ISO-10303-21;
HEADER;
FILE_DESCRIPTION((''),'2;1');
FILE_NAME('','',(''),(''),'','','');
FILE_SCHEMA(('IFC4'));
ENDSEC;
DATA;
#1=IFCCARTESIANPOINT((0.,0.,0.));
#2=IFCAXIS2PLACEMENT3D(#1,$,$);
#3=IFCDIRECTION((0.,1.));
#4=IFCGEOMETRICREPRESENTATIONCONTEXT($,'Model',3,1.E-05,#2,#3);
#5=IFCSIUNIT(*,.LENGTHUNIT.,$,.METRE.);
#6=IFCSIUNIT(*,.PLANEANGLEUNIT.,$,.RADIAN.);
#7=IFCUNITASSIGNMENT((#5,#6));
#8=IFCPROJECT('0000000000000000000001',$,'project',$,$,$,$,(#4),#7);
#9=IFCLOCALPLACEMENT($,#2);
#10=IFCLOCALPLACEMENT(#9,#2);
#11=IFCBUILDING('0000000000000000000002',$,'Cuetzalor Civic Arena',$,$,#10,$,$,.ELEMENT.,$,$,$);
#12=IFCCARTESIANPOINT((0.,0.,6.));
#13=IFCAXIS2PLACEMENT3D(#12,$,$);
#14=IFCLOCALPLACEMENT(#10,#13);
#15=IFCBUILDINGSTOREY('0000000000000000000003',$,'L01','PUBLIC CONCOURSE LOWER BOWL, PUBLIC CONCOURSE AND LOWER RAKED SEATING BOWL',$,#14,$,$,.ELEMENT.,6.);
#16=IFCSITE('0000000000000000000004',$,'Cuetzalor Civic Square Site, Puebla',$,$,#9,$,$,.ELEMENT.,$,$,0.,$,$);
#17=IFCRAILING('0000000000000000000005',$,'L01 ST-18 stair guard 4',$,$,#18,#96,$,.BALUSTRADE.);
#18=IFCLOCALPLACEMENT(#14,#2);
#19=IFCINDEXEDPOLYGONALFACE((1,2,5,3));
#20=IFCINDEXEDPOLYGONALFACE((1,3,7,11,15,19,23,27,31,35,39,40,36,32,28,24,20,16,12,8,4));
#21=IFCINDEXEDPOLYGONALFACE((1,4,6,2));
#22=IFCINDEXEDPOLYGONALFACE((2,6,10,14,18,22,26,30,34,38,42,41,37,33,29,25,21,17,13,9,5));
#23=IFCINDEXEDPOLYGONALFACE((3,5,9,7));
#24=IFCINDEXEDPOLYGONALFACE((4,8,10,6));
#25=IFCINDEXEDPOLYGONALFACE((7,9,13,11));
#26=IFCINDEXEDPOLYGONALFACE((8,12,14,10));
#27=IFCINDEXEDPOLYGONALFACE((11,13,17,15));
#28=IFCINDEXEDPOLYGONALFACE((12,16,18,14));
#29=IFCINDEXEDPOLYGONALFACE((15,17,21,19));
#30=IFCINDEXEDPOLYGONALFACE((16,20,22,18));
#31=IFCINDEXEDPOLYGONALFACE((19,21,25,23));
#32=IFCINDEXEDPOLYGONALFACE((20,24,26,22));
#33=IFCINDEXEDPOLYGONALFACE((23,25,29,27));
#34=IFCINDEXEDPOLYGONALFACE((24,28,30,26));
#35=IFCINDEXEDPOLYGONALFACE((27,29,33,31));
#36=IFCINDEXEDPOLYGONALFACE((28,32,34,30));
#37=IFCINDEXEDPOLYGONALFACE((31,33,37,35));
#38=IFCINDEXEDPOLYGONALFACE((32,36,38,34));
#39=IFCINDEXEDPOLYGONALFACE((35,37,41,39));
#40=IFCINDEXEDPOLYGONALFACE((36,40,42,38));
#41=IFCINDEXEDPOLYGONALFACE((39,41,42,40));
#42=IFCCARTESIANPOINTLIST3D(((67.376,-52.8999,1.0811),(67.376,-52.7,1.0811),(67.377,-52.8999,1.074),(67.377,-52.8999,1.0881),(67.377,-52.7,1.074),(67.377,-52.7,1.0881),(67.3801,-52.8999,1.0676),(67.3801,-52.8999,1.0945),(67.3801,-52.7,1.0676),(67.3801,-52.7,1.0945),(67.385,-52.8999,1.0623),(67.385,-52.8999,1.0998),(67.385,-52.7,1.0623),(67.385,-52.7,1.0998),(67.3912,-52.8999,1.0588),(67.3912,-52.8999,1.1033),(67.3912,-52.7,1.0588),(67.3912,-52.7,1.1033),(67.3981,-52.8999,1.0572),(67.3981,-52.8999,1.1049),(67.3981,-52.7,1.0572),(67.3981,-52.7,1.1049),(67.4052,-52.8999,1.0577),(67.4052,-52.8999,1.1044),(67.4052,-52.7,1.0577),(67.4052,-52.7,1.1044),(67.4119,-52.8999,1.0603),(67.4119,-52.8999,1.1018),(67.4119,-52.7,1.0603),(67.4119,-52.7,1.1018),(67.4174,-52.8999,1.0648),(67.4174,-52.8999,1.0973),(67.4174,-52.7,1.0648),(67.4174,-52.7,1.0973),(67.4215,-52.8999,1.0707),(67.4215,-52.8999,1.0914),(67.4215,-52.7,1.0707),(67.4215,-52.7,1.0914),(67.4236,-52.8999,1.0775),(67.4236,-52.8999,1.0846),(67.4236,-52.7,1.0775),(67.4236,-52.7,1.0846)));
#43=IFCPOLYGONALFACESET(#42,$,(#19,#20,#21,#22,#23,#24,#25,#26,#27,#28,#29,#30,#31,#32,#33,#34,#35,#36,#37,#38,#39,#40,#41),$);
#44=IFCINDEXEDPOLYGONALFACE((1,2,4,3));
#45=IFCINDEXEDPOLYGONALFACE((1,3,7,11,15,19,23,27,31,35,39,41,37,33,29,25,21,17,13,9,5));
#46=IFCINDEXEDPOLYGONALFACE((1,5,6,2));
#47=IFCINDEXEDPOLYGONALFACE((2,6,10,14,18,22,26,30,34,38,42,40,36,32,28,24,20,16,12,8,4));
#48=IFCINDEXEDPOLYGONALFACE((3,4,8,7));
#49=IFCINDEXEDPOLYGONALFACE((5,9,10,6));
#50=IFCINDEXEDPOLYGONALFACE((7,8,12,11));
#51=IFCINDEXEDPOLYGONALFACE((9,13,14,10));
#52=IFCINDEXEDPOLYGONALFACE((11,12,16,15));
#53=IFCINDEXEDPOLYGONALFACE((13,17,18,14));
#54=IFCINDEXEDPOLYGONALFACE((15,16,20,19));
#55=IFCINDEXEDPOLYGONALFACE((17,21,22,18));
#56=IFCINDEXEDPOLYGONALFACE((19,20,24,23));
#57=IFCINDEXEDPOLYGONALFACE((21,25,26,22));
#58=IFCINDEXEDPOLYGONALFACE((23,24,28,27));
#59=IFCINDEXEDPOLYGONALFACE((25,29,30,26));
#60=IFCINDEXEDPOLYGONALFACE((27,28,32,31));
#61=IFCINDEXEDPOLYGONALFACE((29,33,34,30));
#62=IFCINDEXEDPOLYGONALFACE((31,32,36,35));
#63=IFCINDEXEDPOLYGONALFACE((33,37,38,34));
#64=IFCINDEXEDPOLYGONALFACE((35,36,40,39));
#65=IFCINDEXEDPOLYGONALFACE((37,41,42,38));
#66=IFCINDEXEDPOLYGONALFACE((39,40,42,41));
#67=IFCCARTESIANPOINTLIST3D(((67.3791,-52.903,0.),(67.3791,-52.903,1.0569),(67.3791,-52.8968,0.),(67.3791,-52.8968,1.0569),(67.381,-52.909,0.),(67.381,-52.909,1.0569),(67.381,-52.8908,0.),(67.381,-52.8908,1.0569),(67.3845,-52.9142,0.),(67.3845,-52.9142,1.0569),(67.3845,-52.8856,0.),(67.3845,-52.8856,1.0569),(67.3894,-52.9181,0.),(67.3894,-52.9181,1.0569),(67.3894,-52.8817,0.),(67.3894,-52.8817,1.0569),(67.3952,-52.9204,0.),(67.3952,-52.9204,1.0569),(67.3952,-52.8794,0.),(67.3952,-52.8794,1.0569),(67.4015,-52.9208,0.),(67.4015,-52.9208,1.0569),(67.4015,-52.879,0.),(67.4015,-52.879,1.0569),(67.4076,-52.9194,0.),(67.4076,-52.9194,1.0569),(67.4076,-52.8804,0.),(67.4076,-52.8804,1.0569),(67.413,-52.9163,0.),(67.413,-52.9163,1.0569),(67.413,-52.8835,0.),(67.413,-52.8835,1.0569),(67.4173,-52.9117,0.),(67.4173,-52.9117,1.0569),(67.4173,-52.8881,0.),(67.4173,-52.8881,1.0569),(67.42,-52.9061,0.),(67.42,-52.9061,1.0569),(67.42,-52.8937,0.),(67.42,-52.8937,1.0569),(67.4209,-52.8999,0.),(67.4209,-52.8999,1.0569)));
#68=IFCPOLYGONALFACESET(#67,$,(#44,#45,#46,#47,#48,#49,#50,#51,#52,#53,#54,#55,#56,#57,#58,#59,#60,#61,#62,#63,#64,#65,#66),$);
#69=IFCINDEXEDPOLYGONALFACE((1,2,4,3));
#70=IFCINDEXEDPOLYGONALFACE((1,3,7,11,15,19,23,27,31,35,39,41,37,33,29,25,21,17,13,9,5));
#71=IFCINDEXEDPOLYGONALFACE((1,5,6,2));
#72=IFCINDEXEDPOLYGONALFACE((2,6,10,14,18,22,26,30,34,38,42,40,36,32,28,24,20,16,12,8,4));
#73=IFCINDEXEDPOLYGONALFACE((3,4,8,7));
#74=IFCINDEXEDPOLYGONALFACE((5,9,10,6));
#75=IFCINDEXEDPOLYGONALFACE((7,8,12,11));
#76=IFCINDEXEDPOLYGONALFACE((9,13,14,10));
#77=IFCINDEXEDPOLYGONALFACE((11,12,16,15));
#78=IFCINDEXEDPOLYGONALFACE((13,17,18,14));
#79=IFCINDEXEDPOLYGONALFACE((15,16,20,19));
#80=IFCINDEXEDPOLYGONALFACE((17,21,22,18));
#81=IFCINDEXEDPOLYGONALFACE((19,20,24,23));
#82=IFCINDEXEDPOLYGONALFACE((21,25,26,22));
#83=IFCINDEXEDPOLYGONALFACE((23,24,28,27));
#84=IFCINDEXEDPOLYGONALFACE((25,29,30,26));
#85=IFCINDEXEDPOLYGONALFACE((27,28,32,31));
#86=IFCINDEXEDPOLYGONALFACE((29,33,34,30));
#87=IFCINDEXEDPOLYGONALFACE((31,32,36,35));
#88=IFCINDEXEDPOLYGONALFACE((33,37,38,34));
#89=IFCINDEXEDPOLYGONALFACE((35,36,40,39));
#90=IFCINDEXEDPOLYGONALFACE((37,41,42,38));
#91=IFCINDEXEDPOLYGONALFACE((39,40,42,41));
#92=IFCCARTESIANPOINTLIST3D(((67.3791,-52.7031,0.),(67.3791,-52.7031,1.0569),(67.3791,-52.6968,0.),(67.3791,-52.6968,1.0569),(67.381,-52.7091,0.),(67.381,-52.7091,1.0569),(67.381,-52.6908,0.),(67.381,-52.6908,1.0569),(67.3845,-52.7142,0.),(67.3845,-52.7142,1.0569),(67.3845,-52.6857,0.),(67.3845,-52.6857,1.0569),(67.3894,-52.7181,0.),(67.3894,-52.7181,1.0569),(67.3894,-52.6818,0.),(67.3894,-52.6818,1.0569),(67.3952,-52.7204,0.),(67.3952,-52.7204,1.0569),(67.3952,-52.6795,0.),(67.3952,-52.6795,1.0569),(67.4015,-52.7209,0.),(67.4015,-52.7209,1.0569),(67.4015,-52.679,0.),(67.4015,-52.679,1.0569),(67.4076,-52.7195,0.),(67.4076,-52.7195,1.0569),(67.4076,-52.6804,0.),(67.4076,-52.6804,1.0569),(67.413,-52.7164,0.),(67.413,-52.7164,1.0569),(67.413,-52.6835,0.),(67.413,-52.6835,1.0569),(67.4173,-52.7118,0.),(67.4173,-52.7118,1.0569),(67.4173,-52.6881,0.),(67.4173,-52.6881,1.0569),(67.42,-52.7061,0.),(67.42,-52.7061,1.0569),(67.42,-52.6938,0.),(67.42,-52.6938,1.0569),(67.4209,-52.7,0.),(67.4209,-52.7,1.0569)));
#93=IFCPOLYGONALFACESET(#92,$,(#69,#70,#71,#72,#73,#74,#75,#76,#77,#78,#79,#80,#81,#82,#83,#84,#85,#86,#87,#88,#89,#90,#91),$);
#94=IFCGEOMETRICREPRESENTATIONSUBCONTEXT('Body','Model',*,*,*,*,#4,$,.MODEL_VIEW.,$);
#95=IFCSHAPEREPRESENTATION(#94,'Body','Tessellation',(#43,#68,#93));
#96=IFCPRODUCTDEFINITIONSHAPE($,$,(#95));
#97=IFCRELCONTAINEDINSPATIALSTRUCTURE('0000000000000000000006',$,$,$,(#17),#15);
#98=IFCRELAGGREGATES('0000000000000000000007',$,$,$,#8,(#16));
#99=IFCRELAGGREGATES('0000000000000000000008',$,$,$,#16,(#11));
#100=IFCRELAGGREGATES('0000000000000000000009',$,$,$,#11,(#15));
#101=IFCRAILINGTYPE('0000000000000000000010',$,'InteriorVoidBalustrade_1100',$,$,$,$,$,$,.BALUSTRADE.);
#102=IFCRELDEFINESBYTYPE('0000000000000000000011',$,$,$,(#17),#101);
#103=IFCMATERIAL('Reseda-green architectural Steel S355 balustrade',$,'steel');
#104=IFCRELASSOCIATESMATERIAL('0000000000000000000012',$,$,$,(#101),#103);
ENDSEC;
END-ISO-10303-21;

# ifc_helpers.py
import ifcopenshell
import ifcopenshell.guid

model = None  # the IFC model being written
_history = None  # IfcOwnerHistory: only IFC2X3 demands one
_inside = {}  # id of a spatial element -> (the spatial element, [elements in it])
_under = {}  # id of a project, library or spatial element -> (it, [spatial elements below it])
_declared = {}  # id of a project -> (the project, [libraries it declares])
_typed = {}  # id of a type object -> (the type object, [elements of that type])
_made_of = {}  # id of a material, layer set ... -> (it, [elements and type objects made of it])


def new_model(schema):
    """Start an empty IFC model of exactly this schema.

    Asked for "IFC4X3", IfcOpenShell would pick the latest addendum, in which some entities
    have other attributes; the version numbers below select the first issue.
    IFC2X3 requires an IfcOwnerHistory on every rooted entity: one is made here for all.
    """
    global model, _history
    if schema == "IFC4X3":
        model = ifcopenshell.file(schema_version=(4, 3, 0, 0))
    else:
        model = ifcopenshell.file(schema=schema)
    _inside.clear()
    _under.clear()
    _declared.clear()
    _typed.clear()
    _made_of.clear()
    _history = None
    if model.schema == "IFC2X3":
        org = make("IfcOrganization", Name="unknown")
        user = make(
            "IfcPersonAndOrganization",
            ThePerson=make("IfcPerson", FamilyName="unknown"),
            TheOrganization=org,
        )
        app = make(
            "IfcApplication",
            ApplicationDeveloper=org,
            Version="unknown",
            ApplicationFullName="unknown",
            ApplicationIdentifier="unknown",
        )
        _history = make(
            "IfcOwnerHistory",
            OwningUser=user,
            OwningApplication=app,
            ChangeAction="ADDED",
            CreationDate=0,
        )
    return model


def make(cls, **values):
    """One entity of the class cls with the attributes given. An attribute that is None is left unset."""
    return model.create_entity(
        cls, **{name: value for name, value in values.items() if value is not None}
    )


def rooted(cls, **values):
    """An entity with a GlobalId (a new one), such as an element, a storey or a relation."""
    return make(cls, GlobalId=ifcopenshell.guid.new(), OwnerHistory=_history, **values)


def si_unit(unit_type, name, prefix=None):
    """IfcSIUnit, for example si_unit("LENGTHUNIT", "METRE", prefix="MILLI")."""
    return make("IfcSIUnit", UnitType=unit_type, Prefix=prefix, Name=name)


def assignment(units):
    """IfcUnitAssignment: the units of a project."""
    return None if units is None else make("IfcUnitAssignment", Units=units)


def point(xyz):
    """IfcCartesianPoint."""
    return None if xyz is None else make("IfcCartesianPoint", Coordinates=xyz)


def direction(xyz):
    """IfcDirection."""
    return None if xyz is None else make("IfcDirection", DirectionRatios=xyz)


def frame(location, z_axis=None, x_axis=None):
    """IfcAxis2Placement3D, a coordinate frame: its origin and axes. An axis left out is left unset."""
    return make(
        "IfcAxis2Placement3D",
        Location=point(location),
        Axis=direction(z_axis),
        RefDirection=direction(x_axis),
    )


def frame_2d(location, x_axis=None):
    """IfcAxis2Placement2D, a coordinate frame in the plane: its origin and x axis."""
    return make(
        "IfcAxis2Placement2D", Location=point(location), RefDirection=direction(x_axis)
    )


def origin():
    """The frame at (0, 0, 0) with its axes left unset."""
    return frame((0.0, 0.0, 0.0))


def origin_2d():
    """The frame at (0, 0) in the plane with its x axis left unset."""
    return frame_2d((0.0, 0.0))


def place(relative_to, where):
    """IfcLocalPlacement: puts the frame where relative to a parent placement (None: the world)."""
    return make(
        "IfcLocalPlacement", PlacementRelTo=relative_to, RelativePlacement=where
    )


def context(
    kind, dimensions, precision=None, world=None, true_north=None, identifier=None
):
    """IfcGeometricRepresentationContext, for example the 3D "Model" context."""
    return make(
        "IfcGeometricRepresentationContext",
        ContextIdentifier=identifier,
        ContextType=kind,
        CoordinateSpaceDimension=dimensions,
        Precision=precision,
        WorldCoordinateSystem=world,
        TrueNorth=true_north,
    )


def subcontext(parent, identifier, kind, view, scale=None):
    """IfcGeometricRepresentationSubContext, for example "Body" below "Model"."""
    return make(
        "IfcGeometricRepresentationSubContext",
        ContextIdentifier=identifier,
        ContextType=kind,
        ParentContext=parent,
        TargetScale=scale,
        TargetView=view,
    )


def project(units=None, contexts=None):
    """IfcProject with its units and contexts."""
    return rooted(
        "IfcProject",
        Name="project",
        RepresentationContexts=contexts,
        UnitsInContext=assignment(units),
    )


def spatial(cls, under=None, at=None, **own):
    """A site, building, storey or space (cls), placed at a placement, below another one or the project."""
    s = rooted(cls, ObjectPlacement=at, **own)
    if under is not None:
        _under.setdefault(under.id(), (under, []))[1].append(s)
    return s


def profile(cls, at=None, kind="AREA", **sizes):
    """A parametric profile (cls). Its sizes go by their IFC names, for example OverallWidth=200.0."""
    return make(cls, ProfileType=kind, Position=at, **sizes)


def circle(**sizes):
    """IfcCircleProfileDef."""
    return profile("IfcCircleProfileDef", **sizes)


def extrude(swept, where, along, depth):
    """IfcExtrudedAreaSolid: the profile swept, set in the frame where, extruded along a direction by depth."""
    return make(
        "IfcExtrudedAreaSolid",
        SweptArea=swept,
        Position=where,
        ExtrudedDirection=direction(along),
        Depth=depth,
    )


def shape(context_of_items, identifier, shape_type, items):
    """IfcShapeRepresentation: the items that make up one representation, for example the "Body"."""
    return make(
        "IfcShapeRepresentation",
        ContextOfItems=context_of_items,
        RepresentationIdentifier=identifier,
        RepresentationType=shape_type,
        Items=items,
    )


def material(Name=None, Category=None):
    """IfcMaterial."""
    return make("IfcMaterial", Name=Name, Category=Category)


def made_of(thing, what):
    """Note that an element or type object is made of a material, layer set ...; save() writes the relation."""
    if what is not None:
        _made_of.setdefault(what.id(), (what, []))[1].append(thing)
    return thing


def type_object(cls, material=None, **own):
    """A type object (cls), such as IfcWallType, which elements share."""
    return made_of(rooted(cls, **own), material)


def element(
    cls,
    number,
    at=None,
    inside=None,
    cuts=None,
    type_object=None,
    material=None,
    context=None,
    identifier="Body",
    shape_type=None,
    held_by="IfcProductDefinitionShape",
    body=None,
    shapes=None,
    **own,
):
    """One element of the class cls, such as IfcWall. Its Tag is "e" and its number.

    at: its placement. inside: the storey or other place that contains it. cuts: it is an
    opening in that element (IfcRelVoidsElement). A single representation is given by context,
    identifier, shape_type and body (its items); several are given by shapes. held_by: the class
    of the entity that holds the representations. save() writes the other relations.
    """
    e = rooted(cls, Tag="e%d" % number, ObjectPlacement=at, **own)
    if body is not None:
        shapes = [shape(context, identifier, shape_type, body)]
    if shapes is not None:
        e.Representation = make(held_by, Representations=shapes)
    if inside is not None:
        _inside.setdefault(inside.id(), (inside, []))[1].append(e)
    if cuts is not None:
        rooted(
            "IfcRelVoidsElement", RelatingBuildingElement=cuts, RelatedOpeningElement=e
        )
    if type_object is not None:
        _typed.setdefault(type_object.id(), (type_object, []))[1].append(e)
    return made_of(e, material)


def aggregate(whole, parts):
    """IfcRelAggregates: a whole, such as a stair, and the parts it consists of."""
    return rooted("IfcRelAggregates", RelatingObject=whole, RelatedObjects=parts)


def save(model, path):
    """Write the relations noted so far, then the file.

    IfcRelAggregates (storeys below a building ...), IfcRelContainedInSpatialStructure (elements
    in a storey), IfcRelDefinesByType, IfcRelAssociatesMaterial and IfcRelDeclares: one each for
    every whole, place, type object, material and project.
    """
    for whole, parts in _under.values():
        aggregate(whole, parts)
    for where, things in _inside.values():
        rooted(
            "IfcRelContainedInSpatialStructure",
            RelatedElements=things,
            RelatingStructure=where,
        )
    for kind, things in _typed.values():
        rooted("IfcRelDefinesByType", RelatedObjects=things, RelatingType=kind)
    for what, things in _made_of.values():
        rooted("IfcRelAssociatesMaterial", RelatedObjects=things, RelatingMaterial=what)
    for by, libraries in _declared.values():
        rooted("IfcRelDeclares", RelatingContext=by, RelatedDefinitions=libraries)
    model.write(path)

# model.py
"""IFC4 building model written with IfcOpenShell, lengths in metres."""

from ifc_helpers import new_model, si_unit, direction, frame, origin, origin_2d, place, context, subcontext, project, spatial, circle, extrude, material, type_object, element, save


model = new_model("IFC4")

# Units and contexts
model_context = context("Model", 3, precision=1e-05, world=origin(), true_north=direction((0.0, 1.0)))
body_context = subcontext(model_context, "Body", "Model", "MODEL_VIEW")
ifc_project = project(units=[si_unit("LENGTHUNIT", "METRE"), si_unit("PLANEANGLEUNIT", "RADIAN")], contexts=[model_context])

# Site, building, storey
site_placement = place(None, origin())
site = spatial("IfcSite", under=ifc_project, at=site_placement, Name="Cuetzalor Civic Square Site, Puebla", CompositionType="ELEMENT", RefElevation=0.0)
building_placement = place(site_placement, origin())
building = spatial("IfcBuilding", under=site, at=building_placement, Name="Cuetzalor Civic Arena", CompositionType="ELEMENT")
storey_placement = place(building_placement, frame((0.0, 0.0, 6.0)))
storey = spatial("IfcBuildingStorey", under=building, at=storey_placement, Name="L01", Description="PUBLIC CONCOURSE LOWER BOWL, PUBLIC CONCOURSE AND LOWER RAKED SEATING BOWL", CompositionType="ELEMENT", Elevation=6.0)

# Railing
ifc_material_1 = material(Name="Reseda-green architectural Steel S355 balustrade", Category="steel")
railing_type_1 = type_object("IfcRailingType", Name="InteriorVoidBalustrade_1100", PredefinedType="BALUSTRADE", material=ifc_material_1)
railing_1_placement = place(storey_placement, frame((67.3999, -52.8999, 0.0)))
element("IfcRailing", 1, at=railing_1_placement, inside=storey, type_object=railing_type_1, Name="L01 ST-18 stair guard 4", PredefinedType="BALUSTRADE", context=body_context, shape_type="SweptSolid", body=[
    extrude(circle(Radius=0.0239, at=origin_2d()), frame((0.0, 0.0, 1.0811), z_axis=(0.0, 1.0, 0.0), x_axis=(-1.0, 0.0, 0.0)), (0.0, 0.0, 1.0), 0.2),
    extrude(circle(Radius=0.021, at=origin_2d()), origin(), (0.0, 0.0, 1.0), 1.0569),
    extrude(circle(Radius=0.021, at=origin_2d()), frame((0.0, 0.2, 0.0)), (0.0, 0.0, 1.0), 1.0569),
])

save(model, "model.ifc")
